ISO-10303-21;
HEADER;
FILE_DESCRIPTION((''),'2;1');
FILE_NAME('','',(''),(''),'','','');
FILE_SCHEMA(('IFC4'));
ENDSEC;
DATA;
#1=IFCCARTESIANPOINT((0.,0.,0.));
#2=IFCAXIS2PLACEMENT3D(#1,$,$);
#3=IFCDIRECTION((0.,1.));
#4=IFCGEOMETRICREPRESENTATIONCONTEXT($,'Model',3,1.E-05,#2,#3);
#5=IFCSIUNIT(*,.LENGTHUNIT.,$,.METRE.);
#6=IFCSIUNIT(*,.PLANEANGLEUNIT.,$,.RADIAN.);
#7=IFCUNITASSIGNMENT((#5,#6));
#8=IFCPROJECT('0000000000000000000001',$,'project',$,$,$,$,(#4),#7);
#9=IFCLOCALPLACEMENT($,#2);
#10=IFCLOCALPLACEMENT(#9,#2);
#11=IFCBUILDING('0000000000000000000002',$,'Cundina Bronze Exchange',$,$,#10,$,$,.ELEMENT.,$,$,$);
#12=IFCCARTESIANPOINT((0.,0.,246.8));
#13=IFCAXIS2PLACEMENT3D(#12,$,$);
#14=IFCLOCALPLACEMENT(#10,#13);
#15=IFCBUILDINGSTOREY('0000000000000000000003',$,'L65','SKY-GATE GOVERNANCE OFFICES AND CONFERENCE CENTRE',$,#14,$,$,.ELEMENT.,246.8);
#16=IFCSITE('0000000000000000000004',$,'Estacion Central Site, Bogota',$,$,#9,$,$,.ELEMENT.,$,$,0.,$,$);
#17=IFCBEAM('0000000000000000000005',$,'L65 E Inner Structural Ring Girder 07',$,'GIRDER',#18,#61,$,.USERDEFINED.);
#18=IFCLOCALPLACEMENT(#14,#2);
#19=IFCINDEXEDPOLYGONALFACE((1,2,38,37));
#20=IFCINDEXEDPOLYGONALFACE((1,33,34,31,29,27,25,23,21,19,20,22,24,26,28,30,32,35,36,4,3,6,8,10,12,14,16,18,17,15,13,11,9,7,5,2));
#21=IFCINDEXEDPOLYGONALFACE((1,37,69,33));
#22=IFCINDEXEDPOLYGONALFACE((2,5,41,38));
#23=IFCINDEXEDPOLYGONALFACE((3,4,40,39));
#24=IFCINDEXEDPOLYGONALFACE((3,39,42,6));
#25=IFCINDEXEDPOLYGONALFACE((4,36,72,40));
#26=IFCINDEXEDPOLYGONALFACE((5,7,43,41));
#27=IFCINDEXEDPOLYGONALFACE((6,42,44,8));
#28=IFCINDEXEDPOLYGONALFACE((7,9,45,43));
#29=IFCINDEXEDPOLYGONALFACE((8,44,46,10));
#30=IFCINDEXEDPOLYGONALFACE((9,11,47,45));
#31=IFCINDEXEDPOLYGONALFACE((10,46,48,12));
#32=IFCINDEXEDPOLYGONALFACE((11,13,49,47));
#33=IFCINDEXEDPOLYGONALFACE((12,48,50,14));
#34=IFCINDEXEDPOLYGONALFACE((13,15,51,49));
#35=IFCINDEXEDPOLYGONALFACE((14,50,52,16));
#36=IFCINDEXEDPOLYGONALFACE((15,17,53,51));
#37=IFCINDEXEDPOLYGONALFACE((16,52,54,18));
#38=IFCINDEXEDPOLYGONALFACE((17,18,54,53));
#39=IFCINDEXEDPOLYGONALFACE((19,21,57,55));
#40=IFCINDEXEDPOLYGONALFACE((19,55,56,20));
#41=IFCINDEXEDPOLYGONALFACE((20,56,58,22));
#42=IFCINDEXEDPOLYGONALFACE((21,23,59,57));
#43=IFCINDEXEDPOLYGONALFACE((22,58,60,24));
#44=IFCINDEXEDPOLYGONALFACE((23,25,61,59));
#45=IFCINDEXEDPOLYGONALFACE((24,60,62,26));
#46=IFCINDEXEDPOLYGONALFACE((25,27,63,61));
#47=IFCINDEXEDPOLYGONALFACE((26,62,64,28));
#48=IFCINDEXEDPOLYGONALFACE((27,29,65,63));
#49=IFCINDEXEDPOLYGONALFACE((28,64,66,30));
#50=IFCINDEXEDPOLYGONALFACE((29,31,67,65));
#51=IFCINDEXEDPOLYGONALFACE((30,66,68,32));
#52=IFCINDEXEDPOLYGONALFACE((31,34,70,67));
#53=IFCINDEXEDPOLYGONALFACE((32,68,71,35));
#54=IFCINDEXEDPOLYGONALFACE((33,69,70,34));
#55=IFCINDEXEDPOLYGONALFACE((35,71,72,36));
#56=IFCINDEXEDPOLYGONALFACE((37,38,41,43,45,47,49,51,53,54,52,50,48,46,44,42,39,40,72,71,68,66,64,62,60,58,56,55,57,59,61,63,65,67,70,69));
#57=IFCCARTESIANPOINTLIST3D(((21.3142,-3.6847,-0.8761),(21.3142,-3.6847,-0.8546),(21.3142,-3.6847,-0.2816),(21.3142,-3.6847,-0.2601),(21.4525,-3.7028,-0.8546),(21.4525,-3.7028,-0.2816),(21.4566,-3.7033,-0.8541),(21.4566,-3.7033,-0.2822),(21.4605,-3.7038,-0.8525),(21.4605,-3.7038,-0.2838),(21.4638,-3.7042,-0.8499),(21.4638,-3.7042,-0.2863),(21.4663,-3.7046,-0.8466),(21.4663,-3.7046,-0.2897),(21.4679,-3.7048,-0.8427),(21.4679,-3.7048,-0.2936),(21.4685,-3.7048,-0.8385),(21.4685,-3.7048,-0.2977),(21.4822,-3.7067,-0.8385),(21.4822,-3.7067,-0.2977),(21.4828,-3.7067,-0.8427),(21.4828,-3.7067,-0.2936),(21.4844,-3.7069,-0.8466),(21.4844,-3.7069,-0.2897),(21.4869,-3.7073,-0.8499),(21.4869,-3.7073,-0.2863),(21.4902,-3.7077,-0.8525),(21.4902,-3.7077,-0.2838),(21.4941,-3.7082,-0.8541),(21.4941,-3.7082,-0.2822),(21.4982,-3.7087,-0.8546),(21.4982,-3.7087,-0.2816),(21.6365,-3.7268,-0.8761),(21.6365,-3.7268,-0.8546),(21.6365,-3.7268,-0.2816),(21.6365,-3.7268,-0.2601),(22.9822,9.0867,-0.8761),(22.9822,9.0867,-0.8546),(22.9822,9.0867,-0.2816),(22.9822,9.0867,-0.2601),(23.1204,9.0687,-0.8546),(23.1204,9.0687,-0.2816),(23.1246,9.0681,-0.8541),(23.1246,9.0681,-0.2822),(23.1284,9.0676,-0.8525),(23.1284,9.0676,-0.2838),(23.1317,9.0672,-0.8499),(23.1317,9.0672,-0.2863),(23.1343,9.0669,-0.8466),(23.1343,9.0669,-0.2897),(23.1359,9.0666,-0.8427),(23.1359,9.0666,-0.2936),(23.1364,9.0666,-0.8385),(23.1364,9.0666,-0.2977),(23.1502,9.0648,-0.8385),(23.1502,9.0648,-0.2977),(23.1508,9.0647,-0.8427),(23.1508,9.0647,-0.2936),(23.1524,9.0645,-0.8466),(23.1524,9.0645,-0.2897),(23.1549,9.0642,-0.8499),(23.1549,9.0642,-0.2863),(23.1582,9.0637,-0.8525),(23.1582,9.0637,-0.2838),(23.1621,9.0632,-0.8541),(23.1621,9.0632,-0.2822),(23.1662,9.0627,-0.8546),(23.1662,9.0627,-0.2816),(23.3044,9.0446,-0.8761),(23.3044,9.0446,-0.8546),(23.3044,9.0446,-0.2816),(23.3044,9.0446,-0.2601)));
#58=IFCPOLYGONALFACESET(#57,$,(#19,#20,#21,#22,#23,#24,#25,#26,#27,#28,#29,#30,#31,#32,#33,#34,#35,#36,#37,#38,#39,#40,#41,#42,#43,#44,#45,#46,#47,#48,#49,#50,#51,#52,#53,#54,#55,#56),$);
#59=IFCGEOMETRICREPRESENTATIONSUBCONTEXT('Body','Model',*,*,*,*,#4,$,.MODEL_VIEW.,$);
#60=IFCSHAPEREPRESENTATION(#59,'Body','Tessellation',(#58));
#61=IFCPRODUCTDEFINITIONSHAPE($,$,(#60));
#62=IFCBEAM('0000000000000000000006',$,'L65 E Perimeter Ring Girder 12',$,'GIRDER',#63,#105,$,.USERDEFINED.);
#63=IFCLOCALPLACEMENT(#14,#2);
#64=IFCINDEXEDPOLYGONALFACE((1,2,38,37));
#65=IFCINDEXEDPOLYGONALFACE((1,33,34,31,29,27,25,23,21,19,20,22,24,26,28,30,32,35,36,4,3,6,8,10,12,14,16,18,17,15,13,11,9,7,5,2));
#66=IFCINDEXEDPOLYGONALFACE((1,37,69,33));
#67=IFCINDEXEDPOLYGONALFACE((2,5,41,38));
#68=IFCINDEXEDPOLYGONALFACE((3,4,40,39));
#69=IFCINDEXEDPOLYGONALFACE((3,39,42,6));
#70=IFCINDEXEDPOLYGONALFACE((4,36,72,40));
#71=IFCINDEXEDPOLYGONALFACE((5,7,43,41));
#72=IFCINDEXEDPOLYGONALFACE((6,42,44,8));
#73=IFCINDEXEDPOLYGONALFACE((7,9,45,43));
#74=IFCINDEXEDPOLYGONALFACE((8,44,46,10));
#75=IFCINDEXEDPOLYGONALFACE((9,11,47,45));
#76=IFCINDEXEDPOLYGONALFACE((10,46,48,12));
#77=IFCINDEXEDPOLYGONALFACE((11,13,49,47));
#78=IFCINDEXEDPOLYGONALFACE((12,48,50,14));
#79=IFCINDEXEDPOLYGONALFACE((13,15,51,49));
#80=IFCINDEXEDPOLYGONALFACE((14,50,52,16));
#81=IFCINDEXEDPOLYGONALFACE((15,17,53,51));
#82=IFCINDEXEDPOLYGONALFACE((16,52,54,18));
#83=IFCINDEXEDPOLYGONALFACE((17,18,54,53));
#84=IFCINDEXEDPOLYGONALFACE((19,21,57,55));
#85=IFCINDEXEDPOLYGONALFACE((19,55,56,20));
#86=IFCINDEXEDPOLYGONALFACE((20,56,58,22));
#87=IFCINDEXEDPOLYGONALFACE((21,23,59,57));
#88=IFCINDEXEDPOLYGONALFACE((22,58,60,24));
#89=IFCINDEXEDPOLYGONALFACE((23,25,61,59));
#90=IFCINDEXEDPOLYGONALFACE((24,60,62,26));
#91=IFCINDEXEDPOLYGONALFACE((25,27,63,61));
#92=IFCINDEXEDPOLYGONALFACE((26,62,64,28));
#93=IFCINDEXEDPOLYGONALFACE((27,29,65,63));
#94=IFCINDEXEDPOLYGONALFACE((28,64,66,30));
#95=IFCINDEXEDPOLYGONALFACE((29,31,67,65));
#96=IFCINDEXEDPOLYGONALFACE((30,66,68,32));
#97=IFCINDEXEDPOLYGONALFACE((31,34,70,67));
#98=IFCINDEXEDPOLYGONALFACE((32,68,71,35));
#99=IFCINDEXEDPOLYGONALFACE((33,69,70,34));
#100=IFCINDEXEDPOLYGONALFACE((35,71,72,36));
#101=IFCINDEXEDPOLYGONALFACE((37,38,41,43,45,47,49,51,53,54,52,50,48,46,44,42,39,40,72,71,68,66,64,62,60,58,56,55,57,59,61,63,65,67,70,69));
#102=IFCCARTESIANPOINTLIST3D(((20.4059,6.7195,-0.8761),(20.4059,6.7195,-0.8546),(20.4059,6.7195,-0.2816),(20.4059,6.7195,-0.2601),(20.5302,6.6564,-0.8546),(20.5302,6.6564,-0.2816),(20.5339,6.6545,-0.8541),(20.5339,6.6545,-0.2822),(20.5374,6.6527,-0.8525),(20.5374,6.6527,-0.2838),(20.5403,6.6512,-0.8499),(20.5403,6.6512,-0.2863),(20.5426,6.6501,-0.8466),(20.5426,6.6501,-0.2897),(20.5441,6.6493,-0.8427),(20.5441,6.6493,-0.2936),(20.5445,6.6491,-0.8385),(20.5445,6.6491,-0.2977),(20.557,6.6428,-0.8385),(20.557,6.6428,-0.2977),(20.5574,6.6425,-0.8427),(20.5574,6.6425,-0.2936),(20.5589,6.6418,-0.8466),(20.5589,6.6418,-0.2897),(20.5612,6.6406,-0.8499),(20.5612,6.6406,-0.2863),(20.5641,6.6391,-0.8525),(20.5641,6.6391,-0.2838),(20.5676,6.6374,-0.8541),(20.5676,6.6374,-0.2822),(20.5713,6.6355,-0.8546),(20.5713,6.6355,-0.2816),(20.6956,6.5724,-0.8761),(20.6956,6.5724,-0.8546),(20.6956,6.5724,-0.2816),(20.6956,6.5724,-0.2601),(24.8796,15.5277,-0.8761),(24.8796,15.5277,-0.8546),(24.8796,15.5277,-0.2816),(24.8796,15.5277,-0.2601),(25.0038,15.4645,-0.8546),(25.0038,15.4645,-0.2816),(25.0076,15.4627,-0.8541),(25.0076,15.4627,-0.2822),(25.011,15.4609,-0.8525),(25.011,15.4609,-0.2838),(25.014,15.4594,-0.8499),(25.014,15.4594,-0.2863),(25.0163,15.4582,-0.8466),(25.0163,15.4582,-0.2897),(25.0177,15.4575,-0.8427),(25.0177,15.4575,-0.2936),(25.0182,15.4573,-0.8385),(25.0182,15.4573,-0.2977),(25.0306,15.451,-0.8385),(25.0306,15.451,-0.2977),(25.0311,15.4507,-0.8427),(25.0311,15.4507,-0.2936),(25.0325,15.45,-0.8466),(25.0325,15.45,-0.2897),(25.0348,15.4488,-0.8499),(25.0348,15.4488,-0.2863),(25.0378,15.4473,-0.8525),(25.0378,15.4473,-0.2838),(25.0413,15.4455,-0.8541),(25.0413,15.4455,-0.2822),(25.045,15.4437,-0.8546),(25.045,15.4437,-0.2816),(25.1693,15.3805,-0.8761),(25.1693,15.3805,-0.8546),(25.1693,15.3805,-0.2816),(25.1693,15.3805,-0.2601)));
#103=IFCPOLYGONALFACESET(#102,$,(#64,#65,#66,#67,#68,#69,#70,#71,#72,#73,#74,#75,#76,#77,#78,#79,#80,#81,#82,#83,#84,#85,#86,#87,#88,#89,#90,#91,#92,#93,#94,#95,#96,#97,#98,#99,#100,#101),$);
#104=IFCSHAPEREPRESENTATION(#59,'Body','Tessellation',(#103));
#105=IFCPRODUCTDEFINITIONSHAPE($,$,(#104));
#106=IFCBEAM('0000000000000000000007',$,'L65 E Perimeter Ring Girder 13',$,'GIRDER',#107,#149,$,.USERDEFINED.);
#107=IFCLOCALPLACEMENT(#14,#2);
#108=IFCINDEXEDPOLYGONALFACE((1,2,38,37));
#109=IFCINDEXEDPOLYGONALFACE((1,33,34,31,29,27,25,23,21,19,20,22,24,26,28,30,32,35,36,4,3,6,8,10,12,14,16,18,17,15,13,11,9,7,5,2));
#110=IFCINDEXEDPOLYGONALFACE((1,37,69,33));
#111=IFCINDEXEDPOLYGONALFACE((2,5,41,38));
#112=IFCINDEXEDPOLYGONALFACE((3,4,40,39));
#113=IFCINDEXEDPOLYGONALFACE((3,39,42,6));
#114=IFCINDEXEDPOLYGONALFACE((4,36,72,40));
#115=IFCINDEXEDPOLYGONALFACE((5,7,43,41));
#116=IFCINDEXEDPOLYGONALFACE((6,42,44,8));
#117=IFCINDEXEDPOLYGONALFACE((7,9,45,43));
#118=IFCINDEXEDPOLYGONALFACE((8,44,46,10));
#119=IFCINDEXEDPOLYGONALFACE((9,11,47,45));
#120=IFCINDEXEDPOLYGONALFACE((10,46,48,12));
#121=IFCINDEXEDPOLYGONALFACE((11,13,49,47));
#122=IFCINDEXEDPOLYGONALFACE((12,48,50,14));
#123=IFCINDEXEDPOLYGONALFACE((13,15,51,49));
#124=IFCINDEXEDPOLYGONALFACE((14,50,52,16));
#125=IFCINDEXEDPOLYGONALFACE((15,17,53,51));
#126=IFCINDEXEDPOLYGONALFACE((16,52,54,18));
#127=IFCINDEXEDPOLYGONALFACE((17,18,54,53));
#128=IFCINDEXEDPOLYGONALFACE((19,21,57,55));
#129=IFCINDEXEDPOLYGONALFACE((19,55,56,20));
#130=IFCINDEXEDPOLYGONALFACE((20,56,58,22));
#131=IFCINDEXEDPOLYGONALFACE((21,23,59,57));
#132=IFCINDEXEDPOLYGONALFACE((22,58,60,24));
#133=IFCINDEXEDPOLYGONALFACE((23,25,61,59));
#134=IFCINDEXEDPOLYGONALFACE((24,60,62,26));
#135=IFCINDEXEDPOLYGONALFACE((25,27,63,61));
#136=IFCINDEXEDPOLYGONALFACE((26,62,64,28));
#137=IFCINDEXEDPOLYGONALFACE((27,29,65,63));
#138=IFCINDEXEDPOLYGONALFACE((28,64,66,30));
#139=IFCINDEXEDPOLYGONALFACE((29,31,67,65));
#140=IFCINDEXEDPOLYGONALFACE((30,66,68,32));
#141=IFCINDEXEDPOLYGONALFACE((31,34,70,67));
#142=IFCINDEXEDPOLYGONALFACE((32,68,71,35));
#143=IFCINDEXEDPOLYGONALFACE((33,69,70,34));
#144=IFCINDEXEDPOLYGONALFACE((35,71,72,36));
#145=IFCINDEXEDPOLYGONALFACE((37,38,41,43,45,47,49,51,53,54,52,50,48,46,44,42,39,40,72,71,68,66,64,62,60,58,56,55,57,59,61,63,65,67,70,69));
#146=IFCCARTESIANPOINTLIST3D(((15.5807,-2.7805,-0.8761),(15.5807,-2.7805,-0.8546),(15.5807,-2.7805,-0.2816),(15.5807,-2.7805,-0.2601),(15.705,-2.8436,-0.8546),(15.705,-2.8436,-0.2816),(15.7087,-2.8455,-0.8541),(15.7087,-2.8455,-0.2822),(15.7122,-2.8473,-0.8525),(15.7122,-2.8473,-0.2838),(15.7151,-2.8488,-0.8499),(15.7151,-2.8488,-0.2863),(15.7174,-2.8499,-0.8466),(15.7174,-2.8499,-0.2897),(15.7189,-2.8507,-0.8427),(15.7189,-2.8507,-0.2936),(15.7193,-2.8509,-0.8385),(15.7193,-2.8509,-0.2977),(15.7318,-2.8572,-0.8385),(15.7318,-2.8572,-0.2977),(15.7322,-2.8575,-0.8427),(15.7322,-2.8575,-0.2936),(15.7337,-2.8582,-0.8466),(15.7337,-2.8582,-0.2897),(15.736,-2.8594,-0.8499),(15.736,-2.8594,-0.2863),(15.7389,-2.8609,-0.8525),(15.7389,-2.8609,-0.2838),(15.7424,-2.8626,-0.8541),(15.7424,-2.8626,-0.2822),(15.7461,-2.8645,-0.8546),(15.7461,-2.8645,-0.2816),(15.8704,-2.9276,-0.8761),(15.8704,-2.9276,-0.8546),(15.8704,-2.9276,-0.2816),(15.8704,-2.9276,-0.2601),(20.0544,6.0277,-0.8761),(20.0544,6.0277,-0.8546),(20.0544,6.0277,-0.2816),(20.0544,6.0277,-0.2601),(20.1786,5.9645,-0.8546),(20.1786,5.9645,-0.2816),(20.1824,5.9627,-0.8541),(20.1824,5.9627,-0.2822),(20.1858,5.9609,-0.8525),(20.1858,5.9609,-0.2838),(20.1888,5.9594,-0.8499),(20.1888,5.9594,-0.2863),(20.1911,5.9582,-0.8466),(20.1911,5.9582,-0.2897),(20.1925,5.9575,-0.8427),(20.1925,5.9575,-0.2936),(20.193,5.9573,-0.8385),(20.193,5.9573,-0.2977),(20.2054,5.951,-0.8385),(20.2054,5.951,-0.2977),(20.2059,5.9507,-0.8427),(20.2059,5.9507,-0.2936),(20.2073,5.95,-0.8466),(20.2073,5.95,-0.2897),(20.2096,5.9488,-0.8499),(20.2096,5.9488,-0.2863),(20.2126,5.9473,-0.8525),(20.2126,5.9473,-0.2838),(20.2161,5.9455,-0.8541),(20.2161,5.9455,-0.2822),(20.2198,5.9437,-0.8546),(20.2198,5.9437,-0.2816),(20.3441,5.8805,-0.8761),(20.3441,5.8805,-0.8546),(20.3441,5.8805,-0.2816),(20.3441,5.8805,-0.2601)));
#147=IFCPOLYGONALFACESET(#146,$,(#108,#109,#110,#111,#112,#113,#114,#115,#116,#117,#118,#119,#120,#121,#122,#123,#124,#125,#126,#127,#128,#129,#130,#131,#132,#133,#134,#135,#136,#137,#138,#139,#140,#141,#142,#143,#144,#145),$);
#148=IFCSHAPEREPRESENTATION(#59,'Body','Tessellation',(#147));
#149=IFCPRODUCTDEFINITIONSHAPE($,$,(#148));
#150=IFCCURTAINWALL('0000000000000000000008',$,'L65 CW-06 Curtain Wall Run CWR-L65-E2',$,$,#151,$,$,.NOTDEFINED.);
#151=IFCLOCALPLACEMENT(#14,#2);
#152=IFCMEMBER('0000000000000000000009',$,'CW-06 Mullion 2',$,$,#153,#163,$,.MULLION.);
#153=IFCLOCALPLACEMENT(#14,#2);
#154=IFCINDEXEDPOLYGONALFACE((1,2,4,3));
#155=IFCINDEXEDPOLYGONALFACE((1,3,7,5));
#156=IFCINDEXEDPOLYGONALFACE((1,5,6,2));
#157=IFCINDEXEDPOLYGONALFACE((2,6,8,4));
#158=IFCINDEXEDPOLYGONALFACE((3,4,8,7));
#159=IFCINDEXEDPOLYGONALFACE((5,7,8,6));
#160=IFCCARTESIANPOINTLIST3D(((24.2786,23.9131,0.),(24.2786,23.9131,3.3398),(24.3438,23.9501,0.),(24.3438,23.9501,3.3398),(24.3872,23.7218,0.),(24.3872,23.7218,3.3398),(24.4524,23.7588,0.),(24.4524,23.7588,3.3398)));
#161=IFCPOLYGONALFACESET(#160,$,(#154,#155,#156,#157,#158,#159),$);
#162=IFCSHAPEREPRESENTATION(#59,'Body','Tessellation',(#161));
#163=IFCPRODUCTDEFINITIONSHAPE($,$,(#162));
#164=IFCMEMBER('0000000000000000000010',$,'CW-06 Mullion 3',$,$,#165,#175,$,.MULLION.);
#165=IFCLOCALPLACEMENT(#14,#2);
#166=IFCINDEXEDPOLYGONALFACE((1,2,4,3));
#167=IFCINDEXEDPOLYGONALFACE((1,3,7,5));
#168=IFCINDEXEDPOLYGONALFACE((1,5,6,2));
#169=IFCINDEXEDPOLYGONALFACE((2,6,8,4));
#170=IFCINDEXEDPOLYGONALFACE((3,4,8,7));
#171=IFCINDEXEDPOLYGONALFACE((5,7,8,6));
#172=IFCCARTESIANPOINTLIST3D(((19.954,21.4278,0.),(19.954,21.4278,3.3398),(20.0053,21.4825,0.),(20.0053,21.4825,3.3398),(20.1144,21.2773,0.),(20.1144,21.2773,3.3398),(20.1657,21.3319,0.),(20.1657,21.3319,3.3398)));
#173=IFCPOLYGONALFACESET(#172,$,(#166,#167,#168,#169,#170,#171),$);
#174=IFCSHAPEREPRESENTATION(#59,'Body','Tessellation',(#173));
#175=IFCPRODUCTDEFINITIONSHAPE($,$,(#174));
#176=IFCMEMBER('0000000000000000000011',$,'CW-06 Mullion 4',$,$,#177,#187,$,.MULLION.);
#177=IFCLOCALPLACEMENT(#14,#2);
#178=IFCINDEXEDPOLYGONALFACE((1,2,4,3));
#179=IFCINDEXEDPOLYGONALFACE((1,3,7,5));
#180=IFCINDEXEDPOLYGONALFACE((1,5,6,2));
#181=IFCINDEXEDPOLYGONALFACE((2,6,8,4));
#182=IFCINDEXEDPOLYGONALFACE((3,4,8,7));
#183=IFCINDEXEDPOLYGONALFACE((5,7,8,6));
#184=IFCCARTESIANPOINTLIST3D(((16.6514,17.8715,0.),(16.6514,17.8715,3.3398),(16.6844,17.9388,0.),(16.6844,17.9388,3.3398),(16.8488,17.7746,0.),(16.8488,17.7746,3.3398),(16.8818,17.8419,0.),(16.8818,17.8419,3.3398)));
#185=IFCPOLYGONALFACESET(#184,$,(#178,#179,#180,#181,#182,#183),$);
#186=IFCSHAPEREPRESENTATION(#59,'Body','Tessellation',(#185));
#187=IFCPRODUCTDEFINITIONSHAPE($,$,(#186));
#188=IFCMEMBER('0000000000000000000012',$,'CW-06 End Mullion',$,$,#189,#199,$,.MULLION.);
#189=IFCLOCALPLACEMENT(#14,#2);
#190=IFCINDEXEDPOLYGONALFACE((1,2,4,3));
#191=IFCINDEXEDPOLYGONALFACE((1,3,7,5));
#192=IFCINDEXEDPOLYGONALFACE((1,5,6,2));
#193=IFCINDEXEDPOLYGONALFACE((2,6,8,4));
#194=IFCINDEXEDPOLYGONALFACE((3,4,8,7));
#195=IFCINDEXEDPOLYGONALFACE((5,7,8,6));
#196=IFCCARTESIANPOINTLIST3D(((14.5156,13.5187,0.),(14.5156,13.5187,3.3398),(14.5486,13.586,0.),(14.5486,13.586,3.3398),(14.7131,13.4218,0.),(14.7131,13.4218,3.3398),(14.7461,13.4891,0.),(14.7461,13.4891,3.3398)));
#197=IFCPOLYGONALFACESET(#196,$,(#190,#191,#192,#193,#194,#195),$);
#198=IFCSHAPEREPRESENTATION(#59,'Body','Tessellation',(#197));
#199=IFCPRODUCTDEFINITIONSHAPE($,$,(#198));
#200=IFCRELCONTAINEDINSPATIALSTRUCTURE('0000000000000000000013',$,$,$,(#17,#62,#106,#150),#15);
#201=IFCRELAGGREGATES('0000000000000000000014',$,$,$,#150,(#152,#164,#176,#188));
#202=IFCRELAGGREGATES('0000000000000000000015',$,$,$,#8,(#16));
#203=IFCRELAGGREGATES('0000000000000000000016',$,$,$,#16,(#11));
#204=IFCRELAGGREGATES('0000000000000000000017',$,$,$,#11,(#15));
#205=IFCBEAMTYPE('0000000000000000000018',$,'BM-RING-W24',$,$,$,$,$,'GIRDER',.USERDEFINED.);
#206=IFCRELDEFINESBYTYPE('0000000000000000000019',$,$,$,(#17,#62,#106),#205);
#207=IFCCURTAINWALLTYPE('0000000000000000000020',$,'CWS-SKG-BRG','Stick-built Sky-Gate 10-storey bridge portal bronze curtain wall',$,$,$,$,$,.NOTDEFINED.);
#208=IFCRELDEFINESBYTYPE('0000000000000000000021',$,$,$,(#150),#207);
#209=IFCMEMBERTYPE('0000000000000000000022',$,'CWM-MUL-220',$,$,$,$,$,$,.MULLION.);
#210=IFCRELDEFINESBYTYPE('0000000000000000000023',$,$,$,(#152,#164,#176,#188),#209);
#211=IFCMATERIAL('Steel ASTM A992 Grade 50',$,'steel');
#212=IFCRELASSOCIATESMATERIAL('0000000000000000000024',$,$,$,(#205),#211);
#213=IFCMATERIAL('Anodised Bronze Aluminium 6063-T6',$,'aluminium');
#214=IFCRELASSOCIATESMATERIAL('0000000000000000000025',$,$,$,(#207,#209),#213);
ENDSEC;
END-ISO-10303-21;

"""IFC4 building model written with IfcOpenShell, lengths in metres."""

from ifc_helpers import new_model, si_unit, direction, frame, origin, origin_2d, place, context, subcontext, project, spatial, rectangle, i_section, extrude, material, material_profile, profile_set, type_object, element, aggregate, save


model = new_model("IFC4")

# Units and contexts
model_context = context("Model", 3, precision=1e-05, world=origin(), true_north=direction((0.0, 1.0)))
body_context = subcontext(model_context, "Body", "Model", "MODEL_VIEW")
ifc_project = project(units=[si_unit("LENGTHUNIT", "METRE"), si_unit("PLANEANGLEUNIT", "RADIAN")], contexts=[model_context])

# Site, building, storey
site_placement = place(None, origin())
site = spatial("IfcSite", under=ifc_project, at=site_placement, Name="Estacion Central Site, Bogota", CompositionType="ELEMENT", RefElevation=0.0)
building_placement = place(site_placement, origin())
building = spatial("IfcBuilding", under=site, at=building_placement, Name="Cundina Bronze Exchange", CompositionType="ELEMENT")
storey_placement = place(building_placement, frame((0.0, 0.0, 246.8)))
storey = spatial("IfcBuildingStorey", under=building, at=storey_placement, Name="L65", Description="SKY-GATE GOVERNANCE OFFICES AND CONFERENCE CENTRE", CompositionType="ELEMENT", Elevation=246.8)

# Beams
ifc_material_1 = material(Name="Steel ASTM A992 Grade 50", Category="steel")
ifc_material_profile_1 = material_profile(ifc_material_1, i_section(OverallWidth=0.325, OverallDepth=0.616, WebThickness=0.0139, FlangeThickness=0.0215, FilletRadius=0.0161, at=origin_2d()), Name="W24X117", Category="steel")
ifc_profile_set_1 = profile_set([ifc_material_profile_1], Name="Steel ASTM A992 Grade 50")
beam_type_1 = type_object("IfcBeamType", Name="BM-RING-W24", ElementType="GIRDER", PredefinedType="USERDEFINED", material=ifc_profile_set_1)
beam_placement = place(storey_placement, frame((23.1433, 9.0657, -0.5681), z_axis=(-0.129501, -0.991579, 0.0), x_axis=(0.991579, -0.129501, 0.0)))
element("IfcBeam", 1, at=beam_placement, inside=storey, type_object=beam_type_1, Name="L65 E Inner Structural Ring Girder 07", ObjectType="GIRDER", PredefinedType="USERDEFINED", context=body_context, shape_type="SweptSolid", body=[
    extrude(i_section(OverallWidth=0.325, OverallDepth=0.616, WebThickness=0.0139, FlangeThickness=0.0215, FilletRadius=0.0161, at=origin_2d()), origin(), (0.0, 0.0, 1.0), 12.8799),
])
for number, where, z_axis, x_axis, name in (
    (2, (25.0244, 15.4541, -0.5681), (-0.452839, -0.891592, 0.0), (0.891592, -0.452839, 0.0), "L65 E Perimeter Ring Girder 12"),
    (3, (20.1992, 5.9541, -0.5681), (-0.452839, -0.891592, 0.0), (0.891592, -0.452839, 0.0), "L65 E Perimeter Ring Girder 13"),
):
    element("IfcBeam", number, at=place(storey_placement, frame(where, z_axis=z_axis, x_axis=x_axis)), inside=storey, type_object=beam_type_1, Name=name, ObjectType="GIRDER", PredefinedType="USERDEFINED", context=body_context, shape_type="SweptSolid", body=[
        extrude(i_section(OverallWidth=0.325, OverallDepth=0.616, WebThickness=0.0139, FlangeThickness=0.0215, FilletRadius=0.0161, at=origin_2d()), origin(), (0.0, 0.0, 1.0), 9.8792),
    ])

# Curtain wall, members
ifc_material_2 = material(Name="Anodised Bronze Aluminium 6063-T6", Category="aluminium")
curtain_wall_type = type_object("IfcCurtainWallType", Name="CWS-SKG-BRG", Description="Stick-built Sky-Gate 10-storey bridge portal bronze curtain wall", PredefinedType="NOTDEFINED", material=ifc_material_2)
curtain_wall_1_placement = place(storey_placement, origin())
curtain_wall_1 = element("IfcCurtainWall", 4, at=curtain_wall_1_placement, inside=storey, type_object=curtain_wall_type, Name="L65 CW-06 Curtain Wall Run CWR-L65-E2", PredefinedType="NOTDEFINED")
ifc_material_profile_2 = material_profile(ifc_material_2, rectangle(XDim=0.075, YDim=0.22, at=origin_2d()), Name="AL75X220", Category="aluminium")
ifc_profile_set_2 = profile_set([ifc_material_profile_2], Name="Anodised Bronze Aluminium 6063-T6")
member_type_1 = type_object("IfcMemberType", Name="CWM-MUL-220", PredefinedType="MULLION", material=ifc_profile_set_2)
member_1_placement = place(storey_placement, frame((24.3655, 23.8359, 0.0), z_axis=(0.0, 0.0, 1.0), x_axis=(-0.869581, -0.49379, 0.0)))
member_1 = element("IfcMember", 5, at=member_1_placement, type_object=member_type_1, Name="CW-06 Mullion 2", PredefinedType="MULLION", context=body_context, shape_type="SweptSolid", body=[
    extrude(rectangle(XDim=0.075, YDim=0.22, at=origin_2d()), origin(), (0.0, 0.0, 1.0), 3.3398),
])
member_2_placement = place(storey_placement, frame((20.0598, 21.3799, 0.0), z_axis=(0.0, 0.0, 1.0), x_axis=(-0.684293, -0.729208, 0.0)))
member_2 = element("IfcMember", 6, at=member_2_placement, type_object=member_type_1, Name="CW-06 Mullion 3", PredefinedType="MULLION", context=body_context, shape_type="SweptSolid", body=[
    extrude(rectangle(XDim=0.075, YDim=0.22, at=origin_2d()), origin(), (0.0, 0.0, 1.0), 3.3398),
])
member_3_placement = place(storey_placement, frame((16.7666, 17.8567, 0.0), z_axis=(0.0, 0.0, 1.0), x_axis=(-0.440566, -0.89772, 0.0)))
member_3 = element("IfcMember", 7, at=member_3_placement, type_object=member_type_1, Name="CW-06 Mullion 4", PredefinedType="MULLION", context=body_context, shape_type="SweptSolid", body=[
    extrude(rectangle(XDim=0.075, YDim=0.22, at=origin_2d()), origin(), (0.0, 0.0, 1.0), 3.3398),
])
member_4_placement = place(storey_placement, frame((14.6309, 13.5039, 0.0), z_axis=(0.0, 0.0, 1.0), x_axis=(-0.440566, -0.89772, 0.0)))
member_4 = element("IfcMember", 8, at=member_4_placement, type_object=member_type_1, Name="CW-06 End Mullion", PredefinedType="MULLION", context=body_context, shape_type="SweptSolid", body=[
    extrude(rectangle(XDim=0.075, YDim=0.22, at=origin_2d()), origin(), (0.0, 0.0, 1.0), 3.3398),
])

aggregate(curtain_wall_1, [member_1, member_2, member_3, member_4])

save(model, "model.ifc")
